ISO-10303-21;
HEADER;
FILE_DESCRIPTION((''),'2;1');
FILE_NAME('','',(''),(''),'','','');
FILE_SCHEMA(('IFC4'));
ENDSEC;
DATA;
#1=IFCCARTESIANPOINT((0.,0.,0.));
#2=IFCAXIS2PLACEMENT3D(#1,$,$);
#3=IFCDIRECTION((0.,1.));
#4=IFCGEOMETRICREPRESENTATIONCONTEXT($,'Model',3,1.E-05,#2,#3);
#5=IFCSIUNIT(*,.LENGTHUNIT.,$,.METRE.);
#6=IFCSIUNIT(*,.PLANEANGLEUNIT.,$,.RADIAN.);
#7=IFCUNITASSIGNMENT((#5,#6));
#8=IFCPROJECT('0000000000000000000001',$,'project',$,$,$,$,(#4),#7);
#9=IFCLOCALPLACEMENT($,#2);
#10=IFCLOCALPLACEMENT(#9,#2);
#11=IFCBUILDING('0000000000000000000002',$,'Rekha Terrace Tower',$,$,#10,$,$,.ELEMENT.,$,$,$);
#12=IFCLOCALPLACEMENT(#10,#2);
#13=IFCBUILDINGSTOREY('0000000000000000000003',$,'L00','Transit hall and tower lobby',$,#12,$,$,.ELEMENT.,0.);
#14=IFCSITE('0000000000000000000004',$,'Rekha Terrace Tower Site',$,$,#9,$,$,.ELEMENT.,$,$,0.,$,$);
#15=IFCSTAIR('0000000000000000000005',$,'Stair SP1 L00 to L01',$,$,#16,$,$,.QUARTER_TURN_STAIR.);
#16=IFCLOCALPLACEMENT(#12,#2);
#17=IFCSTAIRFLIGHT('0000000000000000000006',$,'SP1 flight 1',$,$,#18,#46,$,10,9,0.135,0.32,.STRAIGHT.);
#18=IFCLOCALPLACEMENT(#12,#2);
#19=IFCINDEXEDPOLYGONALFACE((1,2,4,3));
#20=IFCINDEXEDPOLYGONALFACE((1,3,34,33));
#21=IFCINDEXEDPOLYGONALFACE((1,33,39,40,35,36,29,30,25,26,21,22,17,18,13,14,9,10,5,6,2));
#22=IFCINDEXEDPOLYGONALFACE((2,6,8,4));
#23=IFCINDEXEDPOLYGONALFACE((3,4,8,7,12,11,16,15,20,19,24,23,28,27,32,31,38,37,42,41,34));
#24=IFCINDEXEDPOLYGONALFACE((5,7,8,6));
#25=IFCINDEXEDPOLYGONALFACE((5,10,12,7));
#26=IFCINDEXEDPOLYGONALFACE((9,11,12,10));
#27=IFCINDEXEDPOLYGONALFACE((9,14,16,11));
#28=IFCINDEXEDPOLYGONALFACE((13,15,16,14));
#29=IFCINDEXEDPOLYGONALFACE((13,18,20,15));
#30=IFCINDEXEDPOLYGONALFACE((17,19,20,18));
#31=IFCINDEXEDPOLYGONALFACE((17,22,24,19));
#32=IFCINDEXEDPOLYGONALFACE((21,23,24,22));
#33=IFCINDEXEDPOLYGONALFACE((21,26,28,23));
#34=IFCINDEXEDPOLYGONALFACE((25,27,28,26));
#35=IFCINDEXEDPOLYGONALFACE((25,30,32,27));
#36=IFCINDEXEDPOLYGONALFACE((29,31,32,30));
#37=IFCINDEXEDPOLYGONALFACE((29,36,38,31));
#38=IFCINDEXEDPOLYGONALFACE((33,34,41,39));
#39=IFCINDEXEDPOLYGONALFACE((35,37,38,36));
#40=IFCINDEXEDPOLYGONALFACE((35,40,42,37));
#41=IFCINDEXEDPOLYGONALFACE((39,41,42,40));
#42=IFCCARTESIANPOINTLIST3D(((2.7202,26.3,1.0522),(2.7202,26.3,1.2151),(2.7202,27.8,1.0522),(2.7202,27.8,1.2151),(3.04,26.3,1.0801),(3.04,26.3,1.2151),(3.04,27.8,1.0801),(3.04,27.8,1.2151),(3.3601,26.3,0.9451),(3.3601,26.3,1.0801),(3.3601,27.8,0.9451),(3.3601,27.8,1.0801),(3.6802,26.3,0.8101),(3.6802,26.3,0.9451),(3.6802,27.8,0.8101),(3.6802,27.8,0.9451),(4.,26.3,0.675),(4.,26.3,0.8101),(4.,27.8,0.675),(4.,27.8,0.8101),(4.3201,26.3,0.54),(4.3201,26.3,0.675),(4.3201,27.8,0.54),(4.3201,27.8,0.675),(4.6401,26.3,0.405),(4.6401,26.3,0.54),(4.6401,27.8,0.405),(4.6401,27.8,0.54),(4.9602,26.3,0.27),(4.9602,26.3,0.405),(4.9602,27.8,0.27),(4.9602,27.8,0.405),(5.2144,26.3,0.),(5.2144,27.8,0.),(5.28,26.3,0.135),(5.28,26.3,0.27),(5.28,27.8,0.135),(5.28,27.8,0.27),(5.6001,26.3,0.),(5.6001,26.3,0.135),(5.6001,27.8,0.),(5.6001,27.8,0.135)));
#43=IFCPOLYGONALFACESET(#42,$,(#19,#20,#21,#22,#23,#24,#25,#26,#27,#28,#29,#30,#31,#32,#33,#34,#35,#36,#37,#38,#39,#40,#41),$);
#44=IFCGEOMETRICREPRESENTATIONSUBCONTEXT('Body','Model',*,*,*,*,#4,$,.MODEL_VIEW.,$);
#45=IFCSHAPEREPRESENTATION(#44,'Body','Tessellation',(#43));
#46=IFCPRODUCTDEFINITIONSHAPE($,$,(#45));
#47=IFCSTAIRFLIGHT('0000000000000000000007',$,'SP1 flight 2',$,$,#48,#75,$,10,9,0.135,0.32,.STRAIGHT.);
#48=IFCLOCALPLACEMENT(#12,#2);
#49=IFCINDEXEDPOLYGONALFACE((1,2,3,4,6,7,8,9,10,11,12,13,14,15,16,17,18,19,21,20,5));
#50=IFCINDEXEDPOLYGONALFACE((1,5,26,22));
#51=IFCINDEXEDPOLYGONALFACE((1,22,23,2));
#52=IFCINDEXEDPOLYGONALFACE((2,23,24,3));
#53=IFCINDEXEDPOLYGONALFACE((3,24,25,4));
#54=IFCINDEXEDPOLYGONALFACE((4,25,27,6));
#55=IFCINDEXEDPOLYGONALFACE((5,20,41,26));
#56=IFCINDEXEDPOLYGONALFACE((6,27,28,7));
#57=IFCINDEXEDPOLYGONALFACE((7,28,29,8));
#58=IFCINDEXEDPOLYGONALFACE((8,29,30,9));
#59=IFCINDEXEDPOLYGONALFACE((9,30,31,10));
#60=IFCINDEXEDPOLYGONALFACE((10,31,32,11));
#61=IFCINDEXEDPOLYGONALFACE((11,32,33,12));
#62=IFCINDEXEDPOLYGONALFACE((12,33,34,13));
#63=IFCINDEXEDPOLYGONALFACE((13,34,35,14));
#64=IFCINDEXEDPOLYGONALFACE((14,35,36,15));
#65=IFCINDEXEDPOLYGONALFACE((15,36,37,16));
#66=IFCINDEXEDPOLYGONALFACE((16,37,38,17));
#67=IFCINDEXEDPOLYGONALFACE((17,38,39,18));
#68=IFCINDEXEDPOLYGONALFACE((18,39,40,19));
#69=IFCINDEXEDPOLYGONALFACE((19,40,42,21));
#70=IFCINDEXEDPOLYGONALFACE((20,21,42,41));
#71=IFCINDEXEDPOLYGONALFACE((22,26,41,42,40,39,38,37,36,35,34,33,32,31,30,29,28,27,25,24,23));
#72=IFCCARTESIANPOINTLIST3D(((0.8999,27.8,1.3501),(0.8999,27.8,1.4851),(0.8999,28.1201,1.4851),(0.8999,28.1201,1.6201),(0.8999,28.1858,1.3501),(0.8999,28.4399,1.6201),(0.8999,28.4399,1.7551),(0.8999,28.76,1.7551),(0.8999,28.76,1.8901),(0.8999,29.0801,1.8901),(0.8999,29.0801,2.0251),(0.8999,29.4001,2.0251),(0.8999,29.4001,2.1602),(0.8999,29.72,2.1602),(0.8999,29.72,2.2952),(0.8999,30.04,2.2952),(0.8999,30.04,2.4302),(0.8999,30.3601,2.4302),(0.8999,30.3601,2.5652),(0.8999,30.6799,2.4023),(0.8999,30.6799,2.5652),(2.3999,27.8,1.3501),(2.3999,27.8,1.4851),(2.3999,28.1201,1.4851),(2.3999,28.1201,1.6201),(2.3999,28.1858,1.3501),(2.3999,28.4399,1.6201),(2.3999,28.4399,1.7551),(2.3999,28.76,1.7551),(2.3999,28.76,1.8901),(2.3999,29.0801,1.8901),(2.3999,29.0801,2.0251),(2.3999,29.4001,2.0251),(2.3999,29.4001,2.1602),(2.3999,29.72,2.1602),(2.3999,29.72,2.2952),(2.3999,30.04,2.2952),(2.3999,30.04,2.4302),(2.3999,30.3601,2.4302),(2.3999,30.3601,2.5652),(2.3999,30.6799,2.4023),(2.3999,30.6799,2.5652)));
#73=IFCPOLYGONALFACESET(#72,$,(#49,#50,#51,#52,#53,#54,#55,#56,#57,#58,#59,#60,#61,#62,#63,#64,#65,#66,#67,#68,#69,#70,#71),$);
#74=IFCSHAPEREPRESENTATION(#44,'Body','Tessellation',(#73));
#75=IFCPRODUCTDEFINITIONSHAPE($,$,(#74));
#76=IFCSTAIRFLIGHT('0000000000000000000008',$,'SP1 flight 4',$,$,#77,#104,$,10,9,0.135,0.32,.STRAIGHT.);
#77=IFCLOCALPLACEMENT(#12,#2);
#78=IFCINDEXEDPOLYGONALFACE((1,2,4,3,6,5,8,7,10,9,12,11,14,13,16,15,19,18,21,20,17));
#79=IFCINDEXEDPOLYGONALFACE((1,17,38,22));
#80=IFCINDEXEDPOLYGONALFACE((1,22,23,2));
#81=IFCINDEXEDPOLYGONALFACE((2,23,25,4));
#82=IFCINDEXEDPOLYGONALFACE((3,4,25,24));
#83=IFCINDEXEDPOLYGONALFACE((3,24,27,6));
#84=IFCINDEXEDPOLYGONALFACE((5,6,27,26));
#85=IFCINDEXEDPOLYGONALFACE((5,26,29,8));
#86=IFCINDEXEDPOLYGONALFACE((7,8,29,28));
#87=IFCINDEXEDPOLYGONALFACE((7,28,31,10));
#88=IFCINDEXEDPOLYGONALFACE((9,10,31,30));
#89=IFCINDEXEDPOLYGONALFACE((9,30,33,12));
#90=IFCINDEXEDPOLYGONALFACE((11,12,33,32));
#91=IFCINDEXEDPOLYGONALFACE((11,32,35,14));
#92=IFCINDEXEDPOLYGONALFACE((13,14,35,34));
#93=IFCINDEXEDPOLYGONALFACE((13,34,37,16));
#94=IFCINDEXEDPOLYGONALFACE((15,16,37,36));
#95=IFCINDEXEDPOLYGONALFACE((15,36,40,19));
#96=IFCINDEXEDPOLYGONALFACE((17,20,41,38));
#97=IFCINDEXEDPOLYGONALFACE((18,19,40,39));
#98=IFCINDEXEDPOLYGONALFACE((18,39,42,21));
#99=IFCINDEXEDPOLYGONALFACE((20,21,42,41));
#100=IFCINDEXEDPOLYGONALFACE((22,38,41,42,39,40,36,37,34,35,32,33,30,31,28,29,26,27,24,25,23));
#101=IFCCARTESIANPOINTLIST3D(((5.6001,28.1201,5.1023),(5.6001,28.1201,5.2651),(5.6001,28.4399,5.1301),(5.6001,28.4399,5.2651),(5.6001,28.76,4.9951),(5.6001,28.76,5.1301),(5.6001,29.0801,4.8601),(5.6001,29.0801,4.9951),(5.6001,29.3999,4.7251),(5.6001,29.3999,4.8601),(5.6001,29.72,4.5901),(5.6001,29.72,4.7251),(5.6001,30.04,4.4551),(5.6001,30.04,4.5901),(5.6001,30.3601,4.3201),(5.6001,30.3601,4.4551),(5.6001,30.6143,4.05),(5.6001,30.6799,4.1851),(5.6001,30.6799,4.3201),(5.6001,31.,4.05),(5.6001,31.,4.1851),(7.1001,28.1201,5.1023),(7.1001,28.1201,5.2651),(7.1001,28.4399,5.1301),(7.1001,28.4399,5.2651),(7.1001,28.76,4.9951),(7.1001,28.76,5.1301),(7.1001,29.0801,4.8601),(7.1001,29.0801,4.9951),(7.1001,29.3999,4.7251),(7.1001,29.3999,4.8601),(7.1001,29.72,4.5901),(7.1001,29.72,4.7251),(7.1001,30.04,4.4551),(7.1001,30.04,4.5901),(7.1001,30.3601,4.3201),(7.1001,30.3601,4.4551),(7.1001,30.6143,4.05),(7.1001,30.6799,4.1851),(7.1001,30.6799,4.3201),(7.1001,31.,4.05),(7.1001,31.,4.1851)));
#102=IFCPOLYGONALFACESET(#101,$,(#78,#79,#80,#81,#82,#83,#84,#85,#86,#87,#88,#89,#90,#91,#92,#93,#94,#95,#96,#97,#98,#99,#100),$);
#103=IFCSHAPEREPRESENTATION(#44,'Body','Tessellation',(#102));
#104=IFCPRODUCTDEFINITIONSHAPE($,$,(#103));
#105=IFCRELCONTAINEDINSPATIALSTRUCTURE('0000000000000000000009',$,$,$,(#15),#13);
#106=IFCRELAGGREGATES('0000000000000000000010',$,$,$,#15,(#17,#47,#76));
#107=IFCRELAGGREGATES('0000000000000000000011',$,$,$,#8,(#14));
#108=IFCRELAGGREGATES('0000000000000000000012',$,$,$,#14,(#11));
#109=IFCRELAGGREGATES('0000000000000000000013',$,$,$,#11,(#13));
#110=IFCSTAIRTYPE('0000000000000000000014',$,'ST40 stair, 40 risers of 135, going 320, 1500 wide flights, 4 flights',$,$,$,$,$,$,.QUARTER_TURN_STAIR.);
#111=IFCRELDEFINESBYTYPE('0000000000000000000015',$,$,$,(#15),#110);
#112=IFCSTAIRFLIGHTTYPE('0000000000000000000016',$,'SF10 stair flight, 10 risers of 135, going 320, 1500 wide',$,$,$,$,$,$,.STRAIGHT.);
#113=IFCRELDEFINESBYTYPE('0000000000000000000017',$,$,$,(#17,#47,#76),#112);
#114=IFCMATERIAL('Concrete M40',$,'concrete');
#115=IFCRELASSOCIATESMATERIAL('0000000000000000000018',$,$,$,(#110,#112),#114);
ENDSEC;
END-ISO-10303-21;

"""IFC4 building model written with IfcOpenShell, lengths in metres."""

from ifc_helpers import new_model, si_unit, direction, frame, origin, place, context, subcontext, project, spatial, polyline, outline, extrude, material, type_object, element, aggregate, save


model = new_model("IFC4")

# Units and contexts
model_context = context("Model", 3, precision=1e-05, world=origin(), true_north=direction((0.0, 1.0)))
body_context = subcontext(model_context, "Body", "Model", "MODEL_VIEW")
ifc_project = project(units=[si_unit("LENGTHUNIT", "METRE"), si_unit("PLANEANGLEUNIT", "RADIAN")], contexts=[model_context])

# Site, building, storey
site_placement = place(None, origin())
site = spatial("IfcSite", under=ifc_project, at=site_placement, Name="Rekha Terrace Tower Site", CompositionType="ELEMENT", RefElevation=0.0)
building_placement = place(site_placement, origin())
building = spatial("IfcBuilding", under=site, at=building_placement, Name="Rekha Terrace Tower", CompositionType="ELEMENT")
storey_placement = place(building_placement, origin())
storey = spatial("IfcBuildingStorey", under=building, at=storey_placement, Name="L00", Description="Transit hall and tower lobby", CompositionType="ELEMENT", Elevation=0.0)

# Shared definitions
ifc_material_1 = material(Name="Concrete M40", Category="concrete")

# Stair, stair flights
stair_type = type_object("IfcStairType", Name="ST40 stair, 40 risers of 135, going 320, 1500 wide flights, 4 flights", PredefinedType="QUARTER_TURN_STAIR", material=ifc_material_1)
stair_placement = place(storey_placement, origin())
stair = element("IfcStair", 1, at=stair_placement, inside=storey, type_object=stair_type, Name="Stair SP1 L00 to L01", PredefinedType="QUARTER_TURN_STAIR")
stair_flight_type = type_object("IfcStairFlightType", Name="SF10 stair flight, 10 risers of 135, going 320, 1500 wide", PredefinedType="STRAIGHT", material=ifc_material_1)
stair_flight_1_placement = place(storey_placement, frame((5.6001, 27.05, 0.0), z_axis=(0.0, 0.0, 1.0), x_axis=(-1.0, 0.0, 0.0)))
stair_flight_1 = element("IfcStairFlight", 2, at=stair_flight_1_placement, type_object=stair_flight_type, Name="SP1 flight 1", NumberOfRisers=10, NumberOfTreads=9, PredefinedType="STRAIGHT", RiserHeight=0.135, TreadLength=0.32, context=body_context, shape_type="SweptSolid", body=[
    extrude(outline(polyline([(0.0, 0.0), (0.0, 0.135), (0.3201, 0.135), (0.3201, 0.27), (0.6399, 0.27), (0.6399, 0.405), (0.96, 0.405), (0.96, 0.54), (1.28, 0.54), (1.28, 0.675), (1.6001, 0.675), (1.6001, 0.8101), (1.9199, 0.8101), (1.9199, 0.9451), (2.24, 0.9451), (2.24, 1.0801), (2.5601, 1.0801), (2.5601, 1.2151), (2.8799, 1.2151), (2.8799, 1.3501), (2.8799, 1.0522), (0.3857, 0.0), (0.0, 0.0)])), frame((0.0, 0.75, 0.0), z_axis=(0.0, -1.0, 0.0), x_axis=(1.0, 0.0, 0.0)), (0.0, 0.0, 1.0), 1.5),
])
stair_flight_2_placement = place(storey_placement, frame((1.6499, 27.8, 1.3501), z_axis=(0.0, 0.0, 1.0), x_axis=(0.0, 1.0, 0.0)))
stair_flight_2 = element("IfcStairFlight", 3, at=stair_flight_2_placement, type_object=stair_flight_type, Name="SP1 flight 2", NumberOfRisers=10, NumberOfTreads=9, PredefinedType="STRAIGHT", RiserHeight=0.135, TreadLength=0.32, context=body_context, shape_type="SweptSolid", body=[
    extrude(outline(polyline([(0.0, 0.0), (0.0, 0.135), (0.3201, 0.135), (0.3201, 0.27), (0.6399, 0.27), (0.6399, 0.405), (0.96, 0.405), (0.96, 0.54), (1.28, 0.54), (1.28, 0.675), (1.6001, 0.675), (1.6001, 0.8101), (1.9199, 0.8101), (1.9199, 0.9451), (2.24, 0.9451), (2.24, 1.0801), (2.5601, 1.0801), (2.5601, 1.2151), (2.8799, 1.2151), (2.8799, 1.3501), (2.8799, 1.0522), (0.3857, 0.0), (0.0, 0.0)])), frame((0.0, 0.75, 0.0), z_axis=(0.0, -1.0, 0.0), x_axis=(1.0, 0.0, 0.0)), (0.0, 0.0, 1.0), 1.5),
])
stair_flight_3_placement = place(storey_placement, frame((6.3501, 31.0, 4.05), z_axis=(0.0, 0.0, 1.0), x_axis=(0.0, -1.0, 0.0)))
stair_flight_3 = element("IfcStairFlight", 4, at=stair_flight_3_placement, type_object=stair_flight_type, Name="SP1 flight 4", NumberOfRisers=10, NumberOfTreads=9, PredefinedType="STRAIGHT", RiserHeight=0.135, TreadLength=0.32, context=body_context, shape_type="SweptSolid", body=[
    extrude(outline(polyline([(0.0, 0.0), (0.0, 0.135), (0.3201, 0.135), (0.3201, 0.27), (0.6399, 0.27), (0.6399, 0.405), (0.96, 0.405), (0.96, 0.54), (1.28, 0.54), (1.28, 0.675), (1.6001, 0.675), (1.6001, 0.8101), (1.9199, 0.8101), (1.9199, 0.9451), (2.24, 0.9451), (2.24, 1.0801), (2.5601, 1.0801), (2.5601, 1.2151), (2.8799, 1.2151), (2.8799, 1.3501), (2.8799, 1.0522), (0.3857, 0.0), (0.0, 0.0)])), frame((0.0, 0.75, 0.0), z_axis=(0.0, -1.0, 0.0), x_axis=(1.0, 0.0, 0.0)), (0.0, 0.0, 1.0), 1.5),
])
aggregate(stair, [stair_flight_1, stair_flight_2, stair_flight_3])

save(model, "model.ifc")
